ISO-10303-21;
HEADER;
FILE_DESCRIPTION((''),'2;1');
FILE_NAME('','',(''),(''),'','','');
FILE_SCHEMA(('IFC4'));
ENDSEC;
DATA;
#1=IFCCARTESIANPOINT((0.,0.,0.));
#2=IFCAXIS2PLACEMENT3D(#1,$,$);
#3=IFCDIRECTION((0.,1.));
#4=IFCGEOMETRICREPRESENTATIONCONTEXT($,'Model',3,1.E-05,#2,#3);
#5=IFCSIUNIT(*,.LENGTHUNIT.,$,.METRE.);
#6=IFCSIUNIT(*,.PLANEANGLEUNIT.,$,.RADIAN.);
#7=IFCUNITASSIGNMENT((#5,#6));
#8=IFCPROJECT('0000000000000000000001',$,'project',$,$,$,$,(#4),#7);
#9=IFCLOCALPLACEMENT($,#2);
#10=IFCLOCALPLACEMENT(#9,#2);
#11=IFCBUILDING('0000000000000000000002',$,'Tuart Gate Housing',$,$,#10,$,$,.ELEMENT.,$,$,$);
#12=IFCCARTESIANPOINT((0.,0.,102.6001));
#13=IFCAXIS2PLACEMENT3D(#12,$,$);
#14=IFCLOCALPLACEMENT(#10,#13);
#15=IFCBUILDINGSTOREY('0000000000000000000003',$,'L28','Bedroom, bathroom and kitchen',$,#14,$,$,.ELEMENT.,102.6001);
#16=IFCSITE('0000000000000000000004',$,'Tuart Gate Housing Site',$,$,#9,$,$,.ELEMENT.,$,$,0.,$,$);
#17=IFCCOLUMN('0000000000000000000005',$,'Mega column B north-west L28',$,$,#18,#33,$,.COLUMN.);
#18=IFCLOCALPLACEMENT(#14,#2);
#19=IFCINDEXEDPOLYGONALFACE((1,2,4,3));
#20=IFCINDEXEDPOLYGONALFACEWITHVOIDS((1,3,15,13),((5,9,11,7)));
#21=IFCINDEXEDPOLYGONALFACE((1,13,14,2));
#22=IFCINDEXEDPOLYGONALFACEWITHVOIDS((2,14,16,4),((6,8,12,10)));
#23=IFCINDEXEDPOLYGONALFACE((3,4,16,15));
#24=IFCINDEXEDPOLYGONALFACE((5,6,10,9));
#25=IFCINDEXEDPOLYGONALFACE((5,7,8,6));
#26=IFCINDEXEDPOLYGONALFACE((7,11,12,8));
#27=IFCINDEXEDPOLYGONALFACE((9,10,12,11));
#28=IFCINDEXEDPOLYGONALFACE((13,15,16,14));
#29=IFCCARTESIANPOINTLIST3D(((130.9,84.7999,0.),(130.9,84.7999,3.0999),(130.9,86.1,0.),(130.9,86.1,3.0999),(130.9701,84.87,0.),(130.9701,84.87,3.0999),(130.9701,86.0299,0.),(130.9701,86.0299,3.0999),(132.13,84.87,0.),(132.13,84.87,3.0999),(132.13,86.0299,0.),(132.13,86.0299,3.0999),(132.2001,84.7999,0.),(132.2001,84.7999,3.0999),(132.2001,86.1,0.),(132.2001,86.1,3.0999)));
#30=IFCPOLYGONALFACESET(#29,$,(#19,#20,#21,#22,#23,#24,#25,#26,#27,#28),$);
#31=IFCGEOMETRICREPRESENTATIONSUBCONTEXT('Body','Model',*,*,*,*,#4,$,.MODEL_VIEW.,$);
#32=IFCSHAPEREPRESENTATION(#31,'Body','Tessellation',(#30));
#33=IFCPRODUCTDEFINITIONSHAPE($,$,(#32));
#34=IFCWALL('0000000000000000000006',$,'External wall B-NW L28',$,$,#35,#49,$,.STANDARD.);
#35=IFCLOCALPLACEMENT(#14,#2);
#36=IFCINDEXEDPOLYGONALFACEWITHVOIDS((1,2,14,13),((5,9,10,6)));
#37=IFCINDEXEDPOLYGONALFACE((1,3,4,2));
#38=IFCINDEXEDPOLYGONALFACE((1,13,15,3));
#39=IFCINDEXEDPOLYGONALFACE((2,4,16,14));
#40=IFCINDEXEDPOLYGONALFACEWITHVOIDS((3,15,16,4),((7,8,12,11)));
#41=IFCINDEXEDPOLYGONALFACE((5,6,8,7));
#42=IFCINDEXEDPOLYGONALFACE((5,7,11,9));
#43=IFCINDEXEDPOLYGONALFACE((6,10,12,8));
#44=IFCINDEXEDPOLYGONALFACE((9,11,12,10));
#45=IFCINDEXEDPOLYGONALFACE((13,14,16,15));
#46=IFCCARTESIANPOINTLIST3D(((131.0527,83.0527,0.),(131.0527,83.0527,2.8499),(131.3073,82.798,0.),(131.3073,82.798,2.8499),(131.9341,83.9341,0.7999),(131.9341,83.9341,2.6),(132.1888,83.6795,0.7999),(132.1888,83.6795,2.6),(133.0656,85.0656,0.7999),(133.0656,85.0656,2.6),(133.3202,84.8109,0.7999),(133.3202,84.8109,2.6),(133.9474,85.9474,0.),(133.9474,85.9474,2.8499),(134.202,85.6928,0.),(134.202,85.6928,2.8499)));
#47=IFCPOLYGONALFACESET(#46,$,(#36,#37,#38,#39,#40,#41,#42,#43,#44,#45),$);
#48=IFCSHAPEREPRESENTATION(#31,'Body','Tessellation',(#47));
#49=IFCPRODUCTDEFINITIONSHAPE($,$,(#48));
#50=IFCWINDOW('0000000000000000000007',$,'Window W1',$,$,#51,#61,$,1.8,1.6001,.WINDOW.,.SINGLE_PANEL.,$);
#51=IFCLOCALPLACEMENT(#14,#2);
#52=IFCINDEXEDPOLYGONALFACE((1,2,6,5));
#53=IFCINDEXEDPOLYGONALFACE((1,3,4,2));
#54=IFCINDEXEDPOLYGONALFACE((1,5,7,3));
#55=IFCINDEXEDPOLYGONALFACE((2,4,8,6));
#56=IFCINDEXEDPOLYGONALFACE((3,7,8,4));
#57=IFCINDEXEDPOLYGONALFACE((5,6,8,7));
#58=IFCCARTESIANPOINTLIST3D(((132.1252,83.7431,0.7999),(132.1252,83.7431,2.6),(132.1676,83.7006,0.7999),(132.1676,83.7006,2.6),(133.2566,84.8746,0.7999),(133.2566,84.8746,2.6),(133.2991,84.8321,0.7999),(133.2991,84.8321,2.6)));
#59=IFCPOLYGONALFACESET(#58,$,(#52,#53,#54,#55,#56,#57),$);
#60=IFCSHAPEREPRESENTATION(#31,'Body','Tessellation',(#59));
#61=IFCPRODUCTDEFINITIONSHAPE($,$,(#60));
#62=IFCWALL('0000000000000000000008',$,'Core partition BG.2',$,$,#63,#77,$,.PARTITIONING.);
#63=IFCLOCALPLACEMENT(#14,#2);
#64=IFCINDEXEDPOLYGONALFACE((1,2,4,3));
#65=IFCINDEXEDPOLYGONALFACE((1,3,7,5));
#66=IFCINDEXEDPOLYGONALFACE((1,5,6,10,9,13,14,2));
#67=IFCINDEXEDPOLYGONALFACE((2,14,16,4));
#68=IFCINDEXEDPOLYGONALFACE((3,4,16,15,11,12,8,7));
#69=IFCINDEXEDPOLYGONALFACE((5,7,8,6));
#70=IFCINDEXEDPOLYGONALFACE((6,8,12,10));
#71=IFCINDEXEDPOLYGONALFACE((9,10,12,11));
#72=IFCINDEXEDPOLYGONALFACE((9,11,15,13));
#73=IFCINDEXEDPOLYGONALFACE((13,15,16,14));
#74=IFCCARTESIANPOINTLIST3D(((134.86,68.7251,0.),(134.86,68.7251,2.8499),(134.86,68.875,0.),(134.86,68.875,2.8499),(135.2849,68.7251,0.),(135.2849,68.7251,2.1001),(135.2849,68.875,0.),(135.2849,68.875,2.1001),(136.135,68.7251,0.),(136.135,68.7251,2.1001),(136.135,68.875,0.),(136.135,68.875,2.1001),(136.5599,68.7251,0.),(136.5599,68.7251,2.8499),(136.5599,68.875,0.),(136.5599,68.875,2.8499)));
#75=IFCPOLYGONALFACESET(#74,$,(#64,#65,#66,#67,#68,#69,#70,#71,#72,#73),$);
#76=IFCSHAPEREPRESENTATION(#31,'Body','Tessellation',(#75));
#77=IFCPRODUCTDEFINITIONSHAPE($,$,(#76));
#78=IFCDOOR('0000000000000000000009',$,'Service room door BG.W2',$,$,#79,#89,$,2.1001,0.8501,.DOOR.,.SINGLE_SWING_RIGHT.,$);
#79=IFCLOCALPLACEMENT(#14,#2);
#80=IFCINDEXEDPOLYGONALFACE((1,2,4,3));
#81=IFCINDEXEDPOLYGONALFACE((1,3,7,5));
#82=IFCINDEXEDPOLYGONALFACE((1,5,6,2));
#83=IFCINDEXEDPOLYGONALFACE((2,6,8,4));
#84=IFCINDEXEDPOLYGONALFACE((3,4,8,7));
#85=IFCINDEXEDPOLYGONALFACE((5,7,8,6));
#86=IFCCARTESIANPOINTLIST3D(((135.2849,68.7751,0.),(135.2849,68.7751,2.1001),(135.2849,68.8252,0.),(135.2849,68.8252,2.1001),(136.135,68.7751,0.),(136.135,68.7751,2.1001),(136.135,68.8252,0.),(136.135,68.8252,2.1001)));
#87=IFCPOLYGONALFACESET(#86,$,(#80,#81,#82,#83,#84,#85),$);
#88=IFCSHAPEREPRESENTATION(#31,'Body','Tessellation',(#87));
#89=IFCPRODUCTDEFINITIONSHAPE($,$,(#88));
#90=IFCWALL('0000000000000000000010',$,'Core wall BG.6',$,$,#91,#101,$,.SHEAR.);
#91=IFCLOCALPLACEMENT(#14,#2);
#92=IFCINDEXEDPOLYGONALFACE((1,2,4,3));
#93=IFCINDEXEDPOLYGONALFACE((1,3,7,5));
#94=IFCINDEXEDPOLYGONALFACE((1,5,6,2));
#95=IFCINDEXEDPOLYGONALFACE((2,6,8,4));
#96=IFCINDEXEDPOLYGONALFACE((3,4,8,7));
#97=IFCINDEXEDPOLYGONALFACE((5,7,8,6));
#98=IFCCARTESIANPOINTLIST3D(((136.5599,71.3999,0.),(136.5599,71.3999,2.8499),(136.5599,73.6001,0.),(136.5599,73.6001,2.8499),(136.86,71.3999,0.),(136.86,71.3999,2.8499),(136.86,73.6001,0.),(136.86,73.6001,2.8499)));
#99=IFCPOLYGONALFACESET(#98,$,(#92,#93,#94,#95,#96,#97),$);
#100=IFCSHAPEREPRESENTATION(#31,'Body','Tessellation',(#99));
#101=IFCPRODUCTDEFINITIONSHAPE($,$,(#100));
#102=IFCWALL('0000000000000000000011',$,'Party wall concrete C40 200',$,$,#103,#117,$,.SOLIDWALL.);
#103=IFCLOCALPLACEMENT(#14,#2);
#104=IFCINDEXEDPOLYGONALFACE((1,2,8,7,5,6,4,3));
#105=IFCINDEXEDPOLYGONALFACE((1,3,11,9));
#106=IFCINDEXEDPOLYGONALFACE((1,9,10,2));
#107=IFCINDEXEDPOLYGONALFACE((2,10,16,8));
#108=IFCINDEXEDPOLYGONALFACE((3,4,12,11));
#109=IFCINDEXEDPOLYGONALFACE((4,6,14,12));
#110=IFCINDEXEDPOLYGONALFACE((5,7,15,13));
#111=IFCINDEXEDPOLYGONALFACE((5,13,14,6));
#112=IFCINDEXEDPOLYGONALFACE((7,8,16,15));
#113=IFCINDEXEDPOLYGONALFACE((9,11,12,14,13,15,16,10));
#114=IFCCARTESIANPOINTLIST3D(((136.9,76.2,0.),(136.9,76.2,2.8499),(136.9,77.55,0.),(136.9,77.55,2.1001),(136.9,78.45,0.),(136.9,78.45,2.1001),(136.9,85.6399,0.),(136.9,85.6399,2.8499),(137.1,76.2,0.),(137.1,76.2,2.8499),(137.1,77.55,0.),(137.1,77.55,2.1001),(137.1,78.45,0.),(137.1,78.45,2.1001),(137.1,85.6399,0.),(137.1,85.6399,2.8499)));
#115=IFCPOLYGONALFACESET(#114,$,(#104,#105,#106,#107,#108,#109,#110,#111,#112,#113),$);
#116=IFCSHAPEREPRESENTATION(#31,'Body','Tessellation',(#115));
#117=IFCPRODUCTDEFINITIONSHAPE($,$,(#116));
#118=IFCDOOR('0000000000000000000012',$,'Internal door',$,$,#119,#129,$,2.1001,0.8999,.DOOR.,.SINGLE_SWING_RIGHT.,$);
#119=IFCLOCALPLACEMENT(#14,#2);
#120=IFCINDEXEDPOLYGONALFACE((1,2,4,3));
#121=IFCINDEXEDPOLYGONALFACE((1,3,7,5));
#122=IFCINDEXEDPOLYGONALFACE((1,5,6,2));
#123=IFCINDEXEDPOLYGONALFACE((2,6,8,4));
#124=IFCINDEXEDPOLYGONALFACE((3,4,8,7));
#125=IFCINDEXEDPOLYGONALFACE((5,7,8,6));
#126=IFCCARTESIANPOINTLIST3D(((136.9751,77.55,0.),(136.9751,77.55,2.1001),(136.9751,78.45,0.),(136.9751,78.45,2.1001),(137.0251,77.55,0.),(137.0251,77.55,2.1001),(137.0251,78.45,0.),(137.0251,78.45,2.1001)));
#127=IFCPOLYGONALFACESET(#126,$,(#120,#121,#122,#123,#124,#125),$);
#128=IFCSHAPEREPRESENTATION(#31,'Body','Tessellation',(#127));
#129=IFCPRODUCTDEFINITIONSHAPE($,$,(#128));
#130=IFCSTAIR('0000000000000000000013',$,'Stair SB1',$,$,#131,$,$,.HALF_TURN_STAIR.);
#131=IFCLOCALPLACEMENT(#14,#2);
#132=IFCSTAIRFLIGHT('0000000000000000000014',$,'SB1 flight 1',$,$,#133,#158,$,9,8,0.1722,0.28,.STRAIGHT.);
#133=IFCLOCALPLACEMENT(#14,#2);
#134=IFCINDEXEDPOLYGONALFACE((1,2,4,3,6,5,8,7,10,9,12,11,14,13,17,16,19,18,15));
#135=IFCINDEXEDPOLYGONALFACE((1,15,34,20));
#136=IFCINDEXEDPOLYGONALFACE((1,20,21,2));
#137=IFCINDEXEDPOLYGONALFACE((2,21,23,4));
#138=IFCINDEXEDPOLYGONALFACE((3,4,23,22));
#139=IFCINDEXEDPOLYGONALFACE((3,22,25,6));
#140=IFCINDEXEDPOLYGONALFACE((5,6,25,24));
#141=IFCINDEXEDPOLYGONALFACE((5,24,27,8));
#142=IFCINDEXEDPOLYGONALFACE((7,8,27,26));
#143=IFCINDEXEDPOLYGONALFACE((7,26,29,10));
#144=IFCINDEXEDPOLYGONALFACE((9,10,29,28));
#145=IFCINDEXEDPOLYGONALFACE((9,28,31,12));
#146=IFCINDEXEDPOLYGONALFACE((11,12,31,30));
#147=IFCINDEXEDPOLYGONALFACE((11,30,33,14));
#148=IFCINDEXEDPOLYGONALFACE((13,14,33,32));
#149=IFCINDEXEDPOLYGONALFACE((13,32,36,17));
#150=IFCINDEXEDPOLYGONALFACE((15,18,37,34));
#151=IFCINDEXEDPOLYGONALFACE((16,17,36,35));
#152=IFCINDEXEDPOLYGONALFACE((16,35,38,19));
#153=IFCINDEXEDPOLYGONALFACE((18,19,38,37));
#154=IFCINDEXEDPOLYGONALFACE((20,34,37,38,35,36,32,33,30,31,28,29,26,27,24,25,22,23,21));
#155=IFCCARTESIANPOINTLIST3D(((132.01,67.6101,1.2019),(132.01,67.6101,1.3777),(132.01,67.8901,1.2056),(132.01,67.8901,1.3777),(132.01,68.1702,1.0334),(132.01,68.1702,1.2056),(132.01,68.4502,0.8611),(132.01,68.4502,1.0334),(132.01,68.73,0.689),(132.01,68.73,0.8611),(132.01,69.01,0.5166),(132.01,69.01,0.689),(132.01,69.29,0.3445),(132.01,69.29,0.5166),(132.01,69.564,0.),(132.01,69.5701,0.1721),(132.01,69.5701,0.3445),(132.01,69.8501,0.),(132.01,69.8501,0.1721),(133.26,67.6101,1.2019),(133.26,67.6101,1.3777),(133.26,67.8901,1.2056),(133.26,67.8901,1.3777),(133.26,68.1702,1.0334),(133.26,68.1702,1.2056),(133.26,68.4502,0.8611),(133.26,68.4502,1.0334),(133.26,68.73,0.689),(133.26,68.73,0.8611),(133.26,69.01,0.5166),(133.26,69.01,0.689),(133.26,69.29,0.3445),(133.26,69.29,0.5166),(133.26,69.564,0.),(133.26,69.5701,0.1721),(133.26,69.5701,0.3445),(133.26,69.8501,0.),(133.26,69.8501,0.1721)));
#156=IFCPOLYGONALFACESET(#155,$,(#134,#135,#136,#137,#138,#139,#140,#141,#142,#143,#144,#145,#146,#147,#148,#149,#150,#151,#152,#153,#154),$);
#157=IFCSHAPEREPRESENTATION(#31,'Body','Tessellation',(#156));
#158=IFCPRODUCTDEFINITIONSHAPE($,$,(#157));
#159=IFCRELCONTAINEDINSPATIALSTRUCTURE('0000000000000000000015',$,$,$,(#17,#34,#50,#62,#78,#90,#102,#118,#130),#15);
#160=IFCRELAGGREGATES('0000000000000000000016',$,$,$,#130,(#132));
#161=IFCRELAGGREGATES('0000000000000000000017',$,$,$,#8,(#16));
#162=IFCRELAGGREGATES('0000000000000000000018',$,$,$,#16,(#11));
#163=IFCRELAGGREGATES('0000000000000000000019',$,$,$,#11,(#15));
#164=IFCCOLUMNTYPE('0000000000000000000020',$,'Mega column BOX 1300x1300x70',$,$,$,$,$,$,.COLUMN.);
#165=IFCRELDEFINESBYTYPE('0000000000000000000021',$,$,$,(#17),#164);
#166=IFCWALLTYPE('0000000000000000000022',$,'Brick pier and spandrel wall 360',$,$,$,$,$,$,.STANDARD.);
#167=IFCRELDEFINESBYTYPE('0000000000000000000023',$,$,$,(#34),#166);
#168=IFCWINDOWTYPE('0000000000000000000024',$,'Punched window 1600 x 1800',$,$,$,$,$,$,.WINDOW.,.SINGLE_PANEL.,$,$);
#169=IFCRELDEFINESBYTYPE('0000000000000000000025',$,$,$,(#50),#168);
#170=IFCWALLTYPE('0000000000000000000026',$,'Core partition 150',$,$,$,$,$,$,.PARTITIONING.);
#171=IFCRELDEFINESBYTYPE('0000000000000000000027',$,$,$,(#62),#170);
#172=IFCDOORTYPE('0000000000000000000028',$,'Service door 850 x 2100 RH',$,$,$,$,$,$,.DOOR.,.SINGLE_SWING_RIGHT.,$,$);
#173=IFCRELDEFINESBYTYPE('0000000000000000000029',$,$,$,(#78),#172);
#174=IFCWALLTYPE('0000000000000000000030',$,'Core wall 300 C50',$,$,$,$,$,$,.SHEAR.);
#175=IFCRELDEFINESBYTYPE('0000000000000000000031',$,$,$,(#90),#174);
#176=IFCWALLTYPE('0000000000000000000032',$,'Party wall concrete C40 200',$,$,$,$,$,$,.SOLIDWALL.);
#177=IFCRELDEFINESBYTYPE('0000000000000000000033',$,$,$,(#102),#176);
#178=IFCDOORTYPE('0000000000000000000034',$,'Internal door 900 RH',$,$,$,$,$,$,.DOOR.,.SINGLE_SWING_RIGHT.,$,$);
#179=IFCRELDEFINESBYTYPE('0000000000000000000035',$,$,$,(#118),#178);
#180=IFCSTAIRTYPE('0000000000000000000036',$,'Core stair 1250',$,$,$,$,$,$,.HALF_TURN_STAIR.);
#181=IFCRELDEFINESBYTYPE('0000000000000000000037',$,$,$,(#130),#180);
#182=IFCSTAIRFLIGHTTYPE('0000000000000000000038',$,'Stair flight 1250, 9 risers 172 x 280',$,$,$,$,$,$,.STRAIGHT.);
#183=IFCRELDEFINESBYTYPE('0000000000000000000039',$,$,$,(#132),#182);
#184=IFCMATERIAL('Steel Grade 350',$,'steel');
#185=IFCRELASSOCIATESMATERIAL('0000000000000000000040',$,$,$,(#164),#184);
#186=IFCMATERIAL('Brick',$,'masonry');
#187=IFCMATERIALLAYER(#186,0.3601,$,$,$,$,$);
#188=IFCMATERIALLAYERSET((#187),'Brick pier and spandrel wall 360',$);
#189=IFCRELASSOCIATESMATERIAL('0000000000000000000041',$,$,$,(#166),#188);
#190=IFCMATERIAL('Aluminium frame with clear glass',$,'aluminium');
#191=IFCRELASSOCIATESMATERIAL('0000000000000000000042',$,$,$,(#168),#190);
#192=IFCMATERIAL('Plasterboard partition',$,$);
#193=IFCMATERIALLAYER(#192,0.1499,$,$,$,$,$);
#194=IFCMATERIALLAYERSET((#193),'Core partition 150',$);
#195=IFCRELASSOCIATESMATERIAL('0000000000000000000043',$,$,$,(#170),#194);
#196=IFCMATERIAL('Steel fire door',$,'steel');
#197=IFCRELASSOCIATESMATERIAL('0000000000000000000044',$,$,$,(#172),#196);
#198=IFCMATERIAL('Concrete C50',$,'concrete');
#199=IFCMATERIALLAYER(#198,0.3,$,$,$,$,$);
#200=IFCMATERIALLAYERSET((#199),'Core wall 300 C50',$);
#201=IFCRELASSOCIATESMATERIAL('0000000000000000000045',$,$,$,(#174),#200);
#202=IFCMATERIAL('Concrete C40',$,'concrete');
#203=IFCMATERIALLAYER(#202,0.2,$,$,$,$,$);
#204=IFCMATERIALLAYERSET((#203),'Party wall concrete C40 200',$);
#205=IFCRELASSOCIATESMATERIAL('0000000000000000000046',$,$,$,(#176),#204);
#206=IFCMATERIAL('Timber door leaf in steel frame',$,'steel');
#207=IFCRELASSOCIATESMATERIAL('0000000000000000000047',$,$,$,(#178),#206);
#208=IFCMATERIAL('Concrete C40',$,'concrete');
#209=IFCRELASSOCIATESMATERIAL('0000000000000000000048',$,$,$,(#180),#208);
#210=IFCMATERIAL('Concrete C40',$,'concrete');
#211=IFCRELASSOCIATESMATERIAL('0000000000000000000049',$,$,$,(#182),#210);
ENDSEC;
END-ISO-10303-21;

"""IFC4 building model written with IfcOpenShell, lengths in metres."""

from ifc_helpers import new_model, si_unit, direction, frame, frame_2d, origin, origin_2d, place, context, subcontext, project, spatial, polyline, rectangle, hollow_rectangle, outline, extrude, material, layer, layer_set, material_profile, profile_set, type_object, element, fill, aggregate, save


model = new_model("IFC4")

# Units and contexts
model_context = context("Model", 3, precision=1e-05, world=origin(), true_north=direction((0.0, 1.0)))
body_context = subcontext(model_context, "Body", "Model", "MODEL_VIEW")
ifc_project = project(units=[si_unit("LENGTHUNIT", "METRE"), si_unit("PLANEANGLEUNIT", "RADIAN")], contexts=[model_context])

# Site, building, storey
site_placement = place(None, origin())
site = spatial("IfcSite", under=ifc_project, at=site_placement, Name="Tuart Gate Housing Site", CompositionType="ELEMENT", RefElevation=0.0)
building_placement = place(site_placement, origin())
building = spatial("IfcBuilding", under=site, at=building_placement, Name="Tuart Gate Housing", CompositionType="ELEMENT")
storey_placement = place(building_placement, frame((0.0, 0.0, 102.6001)))
storey = spatial("IfcBuildingStorey", under=building, at=storey_placement, Name="L28", Description="Bedroom, bathroom and kitchen", CompositionType="ELEMENT", Elevation=102.6001)

# Column
ifc_material_1 = material(Name="Steel Grade 350", Category="steel")
ifc_material_profile = material_profile(ifc_material_1, hollow_rectangle(XDim=1.3, YDim=1.3, WallThickness=0.0701, at=origin_2d()), Name="BOX 1300x1300x70")
ifc_profile_set = profile_set([ifc_material_profile], Name="Steel Grade 350")
column_type = type_object("IfcColumnType", Name="Mega column BOX 1300x1300x70", PredefinedType="COLUMN", material=ifc_profile_set)
column_placement = place(storey_placement, frame((131.55, 85.45, 0.0), z_axis=(0.0, 0.0, 1.0), x_axis=(1.0, 0.0, 0.0)))
element("IfcColumn", 1, at=column_placement, inside=storey, type_object=column_type, Name="Mega column B north-west L28", PredefinedType="COLUMN", context=body_context, shape_type="SweptSolid", body=[
    extrude(hollow_rectangle(XDim=1.3, YDim=1.3, WallThickness=0.0701, at=origin_2d()), origin(), (0.0, 0.0, 1.0), 3.0999),
])

# Wall, opening, window
ifc_material_2 = material(Name="Brick", Category="masonry")
ifc_layer_1 = layer(ifc_material_2, 0.3601)
ifc_layer_set_1 = layer_set([ifc_layer_1], Name="Brick pier and spandrel wall 360")
wall_type_1 = type_object("IfcWallType", Name="Brick pier and spandrel wall 360", PredefinedType="STANDARD", material=ifc_layer_set_1)
wall_1_placement = place(storey_placement, frame((134.0747, 85.8201, 0.0), z_axis=(0.0, 0.0, 1.0), x_axis=(-0.707107, -0.707107, 0.0)))
wall_1 = element("IfcWall", 2, at=wall_1_placement, inside=storey, type_object=wall_type_1, Name="External wall B-NW L28", PredefinedType="STANDARD", context=body_context, shape_type="SweptSolid", body=[
    extrude(rectangle(XDim=4.0938, YDim=0.3601, at=frame_2d((2.0469, 0.0))), origin(), (0.0, 0.0, 1.0), 2.8499),
])
opening_1_placement = place(wall_1_placement, frame((1.2471, 0.0, 0.8)))
opening_1 = element("IfcOpeningElement", 3, at=opening_1_placement, cuts=wall_1, PredefinedType="OPENING", context=body_context, shape_type="SweptSolid", body=[
    extrude(rectangle(XDim=1.6001, YDim=1.8, at=frame_2d((0.8, 0.8999))), frame((0.0, 0.1899, 0.0), z_axis=(0.0, -1.0, 0.0), x_axis=(1.0, 0.0, 0.0)), (0.0, 0.0, 1.0), 0.3801),
])
ifc_material_3 = material(Name="Aluminium frame with clear glass", Category="aluminium")
window_type = type_object("IfcWindowType", Name="Punched window 1600 x 1800", PartitioningType="SINGLE_PANEL", PredefinedType="WINDOW", material=ifc_material_3)
window_placement = place(opening_1_placement, origin())
window = element("IfcWindow", 4, at=window_placement, inside=storey, type_object=window_type, Name="Window W1", OverallHeight=1.8, OverallWidth=1.6001, PartitioningType="SINGLE_PANEL", PredefinedType="WINDOW", context=body_context, shape_type="SweptSolid", body=[
    extrude(rectangle(XDim=1.6001, YDim=1.8, at=frame_2d((0.8, 0.8999))), frame((0.0, 0.1501, 0.0), z_axis=(0.0, -1.0, 0.0), x_axis=(1.0, 0.0, 0.0)), (0.0, 0.0, 1.0), 0.0601),
])
fill(opening_1, window)

# Wall, opening, door
ifc_material_4 = material(Name="Plasterboard partition")
ifc_layer_2 = layer(ifc_material_4, 0.1499)
ifc_layer_set_2 = layer_set([ifc_layer_2], Name="Core partition 150")
wall_type_2 = type_object("IfcWallType", Name="Core partition 150", PredefinedType="PARTITIONING", material=ifc_layer_set_2)
wall_2_placement = place(storey_placement, frame((136.5601, 68.8, 0.0), z_axis=(0.0, 0.0, 1.0), x_axis=(-1.0, 0.0, 0.0)))
wall_2 = element("IfcWall", 5, at=wall_2_placement, inside=storey, type_object=wall_type_2, Name="Core partition BG.2", PredefinedType="PARTITIONING", context=body_context, shape_type="SweptSolid", body=[
    extrude(rectangle(XDim=1.7, YDim=0.1499, at=frame_2d((0.8501, 0.0))), origin(), (0.0, 0.0, 1.0), 2.8499),
])
opening_2_placement = place(wall_2_placement, frame((0.425, 0.0, 0.0)))
opening_2 = element("IfcOpeningElement", 6, at=opening_2_placement, cuts=wall_2, PredefinedType="OPENING", context=body_context, shape_type="SweptSolid", body=[
    extrude(rectangle(XDim=0.8501, YDim=2.1001, at=frame_2d((0.425, 1.05))), frame((0.0, 0.085, 0.0), z_axis=(0.0, -1.0, 0.0), x_axis=(1.0, 0.0, 0.0)), (0.0, 0.0, 1.0), 0.1699),
])
ifc_material_5 = material(Name="Steel fire door", Category="steel")
door_type_1 = type_object("IfcDoorType", Name="Service door 850 x 2100 RH", OperationType="SINGLE_SWING_RIGHT", PredefinedType="DOOR", material=ifc_material_5)
door_1_placement = place(opening_2_placement, frame((0.8501, 0.0, 0.0), z_axis=(0.0, 0.0, 1.0), x_axis=(-1.0, 0.0, 0.0)))
door_1 = element("IfcDoor", 7, at=door_1_placement, inside=storey, type_object=door_type_1, Name="Service room door BG.W2", OperationType="SINGLE_SWING_RIGHT", OverallHeight=2.1001, OverallWidth=0.8501, PredefinedType="DOOR", context=body_context, shape_type="SweptSolid", body=[
    extrude(rectangle(XDim=0.8501, YDim=2.1001, at=frame_2d((0.425, 1.05))), frame((0.0, 0.0251, 0.0), z_axis=(0.0, -1.0, 0.0), x_axis=(1.0, 0.0, 0.0)), (0.0, 0.0, 1.0), 0.05),
])
fill(opening_2, door_1)

# Wall
ifc_material_6 = material(Name="Concrete C50", Category="concrete")
ifc_layer_3 = layer(ifc_material_6, 0.3)
ifc_layer_set_3 = layer_set([ifc_layer_3], Name="Core wall 300 C50")
wall_type_3 = type_object("IfcWallType", Name="Core wall 300 C50", PredefinedType="SHEAR", material=ifc_layer_set_3)
wall_3_placement = place(storey_placement, frame((136.71, 71.3999, 0.0), z_axis=(0.0, 0.0, 1.0), x_axis=(0.0, 1.0, 0.0)))
element("IfcWall", 8, at=wall_3_placement, inside=storey, type_object=wall_type_3, Name="Core wall BG.6", PredefinedType="SHEAR", context=body_context, shape_type="SweptSolid", body=[
    extrude(rectangle(XDim=2.2002, YDim=0.3, at=frame_2d((1.1001, 0.0))), origin(), (0.0, 0.0, 1.0), 2.8499),
])

# Wall, opening, door
ifc_material_7 = material(Name="Concrete C40", Category="concrete")
ifc_layer_4 = layer(ifc_material_7, 0.2)
ifc_layer_set_4 = layer_set([ifc_layer_4], Name="Party wall concrete C40 200")
wall_type_4 = type_object("IfcWallType", Name="Party wall concrete C40 200", PredefinedType="SOLIDWALL", material=ifc_layer_set_4)
wall_4_placement = place(storey_placement, frame((137.0, 76.2, 0.0), z_axis=(0.0, 0.0, 1.0), x_axis=(0.0, 1.0, 0.0)))
wall_4 = element("IfcWall", 9, at=wall_4_placement, inside=storey, type_object=wall_type_4, Name="Party wall concrete C40 200", PredefinedType="SOLIDWALL", context=body_context, shape_type="SweptSolid", body=[
    extrude(rectangle(XDim=9.4399, YDim=0.2, at=frame_2d((4.72, 0.0))), origin(), (0.0, 0.0, 1.0), 2.8499),
])
opening_3_placement = place(wall_4_placement, frame((1.3501, 0.0, 0.0)))
opening_3 = element("IfcOpeningElement", 10, at=opening_3_placement, cuts=wall_4, PredefinedType="OPENING", context=body_context, shape_type="SweptSolid", body=[
    extrude(rectangle(XDim=0.8999, YDim=2.1001, at=frame_2d((0.45, 1.05))), frame((0.0, 0.1099, 0.0), z_axis=(0.0, -1.0, 0.0), x_axis=(1.0, 0.0, 0.0)), (0.0, 0.0, 1.0), 0.22),
])
ifc_material_8 = material(Name="Timber door leaf in steel frame", Category="steel")
door_type_2 = type_object("IfcDoorType", Name="Internal door 900 RH", OperationType="SINGLE_SWING_RIGHT", PredefinedType="DOOR", material=ifc_material_8)
door_2_placement = place(opening_3_placement, frame((0.8999, 0.0, 0.0), z_axis=(0.0, 0.0, 1.0), x_axis=(-1.0, 0.0, 0.0)))
door_2 = element("IfcDoor", 11, at=door_2_placement, inside=storey, type_object=door_type_2, Name="Internal door", OperationType="SINGLE_SWING_RIGHT", OverallHeight=2.1001, OverallWidth=0.8999, PredefinedType="DOOR", context=body_context, shape_type="SweptSolid", body=[
    extrude(rectangle(XDim=0.8999, YDim=2.1001, at=frame_2d((0.45, 1.05))), frame((0.0, 0.0251, 0.0), z_axis=(0.0, -1.0, 0.0), x_axis=(1.0, 0.0, 0.0)), (0.0, 0.0, 1.0), 0.05),
])
fill(opening_3, door_2)

# Stair, stair flight
ifc_material_9 = material(Name="Concrete C40", Category="concrete")
stair_type = type_object("IfcStairType", Name="Core stair 1250", PredefinedType="HALF_TURN_STAIR", material=ifc_material_9)
stair_placement = place(storey_placement, origin())
stair = element("IfcStair", 12, at=stair_placement, inside=storey, type_object=stair_type, Name="Stair SB1", PredefinedType="HALF_TURN_STAIR")
ifc_material_10 = material(Name="Concrete C40", Category="concrete")
stair_flight_type = type_object("IfcStairFlightType", Name="Stair flight 1250, 9 risers 172 x 280", PredefinedType="STRAIGHT", material=ifc_material_10)
stair_flight_placement = place(storey_placement, frame((132.635, 69.8501, 0.0), z_axis=(0.0, 0.0, 1.0), x_axis=(0.0, -1.0, 0.0)))
stair_flight = element("IfcStairFlight", 13, at=stair_flight_placement, type_object=stair_flight_type, Name="SB1 flight 1", NumberOfRisers=9, NumberOfTreads=8, PredefinedType="STRAIGHT", RiserHeight=0.1722, TreadLength=0.28, context=body_context, shape_type="SweptSolid", body=[
    extrude(outline(polyline([(0.0, 0.0), (0.0, 0.1721), (0.28, 0.1721), (0.28, 0.3445), (0.5601, 0.3445), (0.5601, 0.5166), (0.8401, 0.5166), (0.8401, 0.689), (1.1201, 0.689), (1.1201, 0.8611), (1.3999, 0.8611), (1.3999, 1.0334), (1.6799, 1.0334), (1.6799, 1.2056), (1.96, 1.2056), (1.96, 1.3777), (2.24, 1.3777), (2.24, 1.55), (2.24, 1.2019), (0.2861, 0.0), (0.0, 0.0)])), frame((0.0, 0.625, 0.0), z_axis=(0.0, -1.0, 0.0), x_axis=(1.0, 0.0, 0.0)), (0.0, 0.0, 1.0), 1.25),
])
aggregate(stair, [stair_flight])

save(model, "model.ifc")
